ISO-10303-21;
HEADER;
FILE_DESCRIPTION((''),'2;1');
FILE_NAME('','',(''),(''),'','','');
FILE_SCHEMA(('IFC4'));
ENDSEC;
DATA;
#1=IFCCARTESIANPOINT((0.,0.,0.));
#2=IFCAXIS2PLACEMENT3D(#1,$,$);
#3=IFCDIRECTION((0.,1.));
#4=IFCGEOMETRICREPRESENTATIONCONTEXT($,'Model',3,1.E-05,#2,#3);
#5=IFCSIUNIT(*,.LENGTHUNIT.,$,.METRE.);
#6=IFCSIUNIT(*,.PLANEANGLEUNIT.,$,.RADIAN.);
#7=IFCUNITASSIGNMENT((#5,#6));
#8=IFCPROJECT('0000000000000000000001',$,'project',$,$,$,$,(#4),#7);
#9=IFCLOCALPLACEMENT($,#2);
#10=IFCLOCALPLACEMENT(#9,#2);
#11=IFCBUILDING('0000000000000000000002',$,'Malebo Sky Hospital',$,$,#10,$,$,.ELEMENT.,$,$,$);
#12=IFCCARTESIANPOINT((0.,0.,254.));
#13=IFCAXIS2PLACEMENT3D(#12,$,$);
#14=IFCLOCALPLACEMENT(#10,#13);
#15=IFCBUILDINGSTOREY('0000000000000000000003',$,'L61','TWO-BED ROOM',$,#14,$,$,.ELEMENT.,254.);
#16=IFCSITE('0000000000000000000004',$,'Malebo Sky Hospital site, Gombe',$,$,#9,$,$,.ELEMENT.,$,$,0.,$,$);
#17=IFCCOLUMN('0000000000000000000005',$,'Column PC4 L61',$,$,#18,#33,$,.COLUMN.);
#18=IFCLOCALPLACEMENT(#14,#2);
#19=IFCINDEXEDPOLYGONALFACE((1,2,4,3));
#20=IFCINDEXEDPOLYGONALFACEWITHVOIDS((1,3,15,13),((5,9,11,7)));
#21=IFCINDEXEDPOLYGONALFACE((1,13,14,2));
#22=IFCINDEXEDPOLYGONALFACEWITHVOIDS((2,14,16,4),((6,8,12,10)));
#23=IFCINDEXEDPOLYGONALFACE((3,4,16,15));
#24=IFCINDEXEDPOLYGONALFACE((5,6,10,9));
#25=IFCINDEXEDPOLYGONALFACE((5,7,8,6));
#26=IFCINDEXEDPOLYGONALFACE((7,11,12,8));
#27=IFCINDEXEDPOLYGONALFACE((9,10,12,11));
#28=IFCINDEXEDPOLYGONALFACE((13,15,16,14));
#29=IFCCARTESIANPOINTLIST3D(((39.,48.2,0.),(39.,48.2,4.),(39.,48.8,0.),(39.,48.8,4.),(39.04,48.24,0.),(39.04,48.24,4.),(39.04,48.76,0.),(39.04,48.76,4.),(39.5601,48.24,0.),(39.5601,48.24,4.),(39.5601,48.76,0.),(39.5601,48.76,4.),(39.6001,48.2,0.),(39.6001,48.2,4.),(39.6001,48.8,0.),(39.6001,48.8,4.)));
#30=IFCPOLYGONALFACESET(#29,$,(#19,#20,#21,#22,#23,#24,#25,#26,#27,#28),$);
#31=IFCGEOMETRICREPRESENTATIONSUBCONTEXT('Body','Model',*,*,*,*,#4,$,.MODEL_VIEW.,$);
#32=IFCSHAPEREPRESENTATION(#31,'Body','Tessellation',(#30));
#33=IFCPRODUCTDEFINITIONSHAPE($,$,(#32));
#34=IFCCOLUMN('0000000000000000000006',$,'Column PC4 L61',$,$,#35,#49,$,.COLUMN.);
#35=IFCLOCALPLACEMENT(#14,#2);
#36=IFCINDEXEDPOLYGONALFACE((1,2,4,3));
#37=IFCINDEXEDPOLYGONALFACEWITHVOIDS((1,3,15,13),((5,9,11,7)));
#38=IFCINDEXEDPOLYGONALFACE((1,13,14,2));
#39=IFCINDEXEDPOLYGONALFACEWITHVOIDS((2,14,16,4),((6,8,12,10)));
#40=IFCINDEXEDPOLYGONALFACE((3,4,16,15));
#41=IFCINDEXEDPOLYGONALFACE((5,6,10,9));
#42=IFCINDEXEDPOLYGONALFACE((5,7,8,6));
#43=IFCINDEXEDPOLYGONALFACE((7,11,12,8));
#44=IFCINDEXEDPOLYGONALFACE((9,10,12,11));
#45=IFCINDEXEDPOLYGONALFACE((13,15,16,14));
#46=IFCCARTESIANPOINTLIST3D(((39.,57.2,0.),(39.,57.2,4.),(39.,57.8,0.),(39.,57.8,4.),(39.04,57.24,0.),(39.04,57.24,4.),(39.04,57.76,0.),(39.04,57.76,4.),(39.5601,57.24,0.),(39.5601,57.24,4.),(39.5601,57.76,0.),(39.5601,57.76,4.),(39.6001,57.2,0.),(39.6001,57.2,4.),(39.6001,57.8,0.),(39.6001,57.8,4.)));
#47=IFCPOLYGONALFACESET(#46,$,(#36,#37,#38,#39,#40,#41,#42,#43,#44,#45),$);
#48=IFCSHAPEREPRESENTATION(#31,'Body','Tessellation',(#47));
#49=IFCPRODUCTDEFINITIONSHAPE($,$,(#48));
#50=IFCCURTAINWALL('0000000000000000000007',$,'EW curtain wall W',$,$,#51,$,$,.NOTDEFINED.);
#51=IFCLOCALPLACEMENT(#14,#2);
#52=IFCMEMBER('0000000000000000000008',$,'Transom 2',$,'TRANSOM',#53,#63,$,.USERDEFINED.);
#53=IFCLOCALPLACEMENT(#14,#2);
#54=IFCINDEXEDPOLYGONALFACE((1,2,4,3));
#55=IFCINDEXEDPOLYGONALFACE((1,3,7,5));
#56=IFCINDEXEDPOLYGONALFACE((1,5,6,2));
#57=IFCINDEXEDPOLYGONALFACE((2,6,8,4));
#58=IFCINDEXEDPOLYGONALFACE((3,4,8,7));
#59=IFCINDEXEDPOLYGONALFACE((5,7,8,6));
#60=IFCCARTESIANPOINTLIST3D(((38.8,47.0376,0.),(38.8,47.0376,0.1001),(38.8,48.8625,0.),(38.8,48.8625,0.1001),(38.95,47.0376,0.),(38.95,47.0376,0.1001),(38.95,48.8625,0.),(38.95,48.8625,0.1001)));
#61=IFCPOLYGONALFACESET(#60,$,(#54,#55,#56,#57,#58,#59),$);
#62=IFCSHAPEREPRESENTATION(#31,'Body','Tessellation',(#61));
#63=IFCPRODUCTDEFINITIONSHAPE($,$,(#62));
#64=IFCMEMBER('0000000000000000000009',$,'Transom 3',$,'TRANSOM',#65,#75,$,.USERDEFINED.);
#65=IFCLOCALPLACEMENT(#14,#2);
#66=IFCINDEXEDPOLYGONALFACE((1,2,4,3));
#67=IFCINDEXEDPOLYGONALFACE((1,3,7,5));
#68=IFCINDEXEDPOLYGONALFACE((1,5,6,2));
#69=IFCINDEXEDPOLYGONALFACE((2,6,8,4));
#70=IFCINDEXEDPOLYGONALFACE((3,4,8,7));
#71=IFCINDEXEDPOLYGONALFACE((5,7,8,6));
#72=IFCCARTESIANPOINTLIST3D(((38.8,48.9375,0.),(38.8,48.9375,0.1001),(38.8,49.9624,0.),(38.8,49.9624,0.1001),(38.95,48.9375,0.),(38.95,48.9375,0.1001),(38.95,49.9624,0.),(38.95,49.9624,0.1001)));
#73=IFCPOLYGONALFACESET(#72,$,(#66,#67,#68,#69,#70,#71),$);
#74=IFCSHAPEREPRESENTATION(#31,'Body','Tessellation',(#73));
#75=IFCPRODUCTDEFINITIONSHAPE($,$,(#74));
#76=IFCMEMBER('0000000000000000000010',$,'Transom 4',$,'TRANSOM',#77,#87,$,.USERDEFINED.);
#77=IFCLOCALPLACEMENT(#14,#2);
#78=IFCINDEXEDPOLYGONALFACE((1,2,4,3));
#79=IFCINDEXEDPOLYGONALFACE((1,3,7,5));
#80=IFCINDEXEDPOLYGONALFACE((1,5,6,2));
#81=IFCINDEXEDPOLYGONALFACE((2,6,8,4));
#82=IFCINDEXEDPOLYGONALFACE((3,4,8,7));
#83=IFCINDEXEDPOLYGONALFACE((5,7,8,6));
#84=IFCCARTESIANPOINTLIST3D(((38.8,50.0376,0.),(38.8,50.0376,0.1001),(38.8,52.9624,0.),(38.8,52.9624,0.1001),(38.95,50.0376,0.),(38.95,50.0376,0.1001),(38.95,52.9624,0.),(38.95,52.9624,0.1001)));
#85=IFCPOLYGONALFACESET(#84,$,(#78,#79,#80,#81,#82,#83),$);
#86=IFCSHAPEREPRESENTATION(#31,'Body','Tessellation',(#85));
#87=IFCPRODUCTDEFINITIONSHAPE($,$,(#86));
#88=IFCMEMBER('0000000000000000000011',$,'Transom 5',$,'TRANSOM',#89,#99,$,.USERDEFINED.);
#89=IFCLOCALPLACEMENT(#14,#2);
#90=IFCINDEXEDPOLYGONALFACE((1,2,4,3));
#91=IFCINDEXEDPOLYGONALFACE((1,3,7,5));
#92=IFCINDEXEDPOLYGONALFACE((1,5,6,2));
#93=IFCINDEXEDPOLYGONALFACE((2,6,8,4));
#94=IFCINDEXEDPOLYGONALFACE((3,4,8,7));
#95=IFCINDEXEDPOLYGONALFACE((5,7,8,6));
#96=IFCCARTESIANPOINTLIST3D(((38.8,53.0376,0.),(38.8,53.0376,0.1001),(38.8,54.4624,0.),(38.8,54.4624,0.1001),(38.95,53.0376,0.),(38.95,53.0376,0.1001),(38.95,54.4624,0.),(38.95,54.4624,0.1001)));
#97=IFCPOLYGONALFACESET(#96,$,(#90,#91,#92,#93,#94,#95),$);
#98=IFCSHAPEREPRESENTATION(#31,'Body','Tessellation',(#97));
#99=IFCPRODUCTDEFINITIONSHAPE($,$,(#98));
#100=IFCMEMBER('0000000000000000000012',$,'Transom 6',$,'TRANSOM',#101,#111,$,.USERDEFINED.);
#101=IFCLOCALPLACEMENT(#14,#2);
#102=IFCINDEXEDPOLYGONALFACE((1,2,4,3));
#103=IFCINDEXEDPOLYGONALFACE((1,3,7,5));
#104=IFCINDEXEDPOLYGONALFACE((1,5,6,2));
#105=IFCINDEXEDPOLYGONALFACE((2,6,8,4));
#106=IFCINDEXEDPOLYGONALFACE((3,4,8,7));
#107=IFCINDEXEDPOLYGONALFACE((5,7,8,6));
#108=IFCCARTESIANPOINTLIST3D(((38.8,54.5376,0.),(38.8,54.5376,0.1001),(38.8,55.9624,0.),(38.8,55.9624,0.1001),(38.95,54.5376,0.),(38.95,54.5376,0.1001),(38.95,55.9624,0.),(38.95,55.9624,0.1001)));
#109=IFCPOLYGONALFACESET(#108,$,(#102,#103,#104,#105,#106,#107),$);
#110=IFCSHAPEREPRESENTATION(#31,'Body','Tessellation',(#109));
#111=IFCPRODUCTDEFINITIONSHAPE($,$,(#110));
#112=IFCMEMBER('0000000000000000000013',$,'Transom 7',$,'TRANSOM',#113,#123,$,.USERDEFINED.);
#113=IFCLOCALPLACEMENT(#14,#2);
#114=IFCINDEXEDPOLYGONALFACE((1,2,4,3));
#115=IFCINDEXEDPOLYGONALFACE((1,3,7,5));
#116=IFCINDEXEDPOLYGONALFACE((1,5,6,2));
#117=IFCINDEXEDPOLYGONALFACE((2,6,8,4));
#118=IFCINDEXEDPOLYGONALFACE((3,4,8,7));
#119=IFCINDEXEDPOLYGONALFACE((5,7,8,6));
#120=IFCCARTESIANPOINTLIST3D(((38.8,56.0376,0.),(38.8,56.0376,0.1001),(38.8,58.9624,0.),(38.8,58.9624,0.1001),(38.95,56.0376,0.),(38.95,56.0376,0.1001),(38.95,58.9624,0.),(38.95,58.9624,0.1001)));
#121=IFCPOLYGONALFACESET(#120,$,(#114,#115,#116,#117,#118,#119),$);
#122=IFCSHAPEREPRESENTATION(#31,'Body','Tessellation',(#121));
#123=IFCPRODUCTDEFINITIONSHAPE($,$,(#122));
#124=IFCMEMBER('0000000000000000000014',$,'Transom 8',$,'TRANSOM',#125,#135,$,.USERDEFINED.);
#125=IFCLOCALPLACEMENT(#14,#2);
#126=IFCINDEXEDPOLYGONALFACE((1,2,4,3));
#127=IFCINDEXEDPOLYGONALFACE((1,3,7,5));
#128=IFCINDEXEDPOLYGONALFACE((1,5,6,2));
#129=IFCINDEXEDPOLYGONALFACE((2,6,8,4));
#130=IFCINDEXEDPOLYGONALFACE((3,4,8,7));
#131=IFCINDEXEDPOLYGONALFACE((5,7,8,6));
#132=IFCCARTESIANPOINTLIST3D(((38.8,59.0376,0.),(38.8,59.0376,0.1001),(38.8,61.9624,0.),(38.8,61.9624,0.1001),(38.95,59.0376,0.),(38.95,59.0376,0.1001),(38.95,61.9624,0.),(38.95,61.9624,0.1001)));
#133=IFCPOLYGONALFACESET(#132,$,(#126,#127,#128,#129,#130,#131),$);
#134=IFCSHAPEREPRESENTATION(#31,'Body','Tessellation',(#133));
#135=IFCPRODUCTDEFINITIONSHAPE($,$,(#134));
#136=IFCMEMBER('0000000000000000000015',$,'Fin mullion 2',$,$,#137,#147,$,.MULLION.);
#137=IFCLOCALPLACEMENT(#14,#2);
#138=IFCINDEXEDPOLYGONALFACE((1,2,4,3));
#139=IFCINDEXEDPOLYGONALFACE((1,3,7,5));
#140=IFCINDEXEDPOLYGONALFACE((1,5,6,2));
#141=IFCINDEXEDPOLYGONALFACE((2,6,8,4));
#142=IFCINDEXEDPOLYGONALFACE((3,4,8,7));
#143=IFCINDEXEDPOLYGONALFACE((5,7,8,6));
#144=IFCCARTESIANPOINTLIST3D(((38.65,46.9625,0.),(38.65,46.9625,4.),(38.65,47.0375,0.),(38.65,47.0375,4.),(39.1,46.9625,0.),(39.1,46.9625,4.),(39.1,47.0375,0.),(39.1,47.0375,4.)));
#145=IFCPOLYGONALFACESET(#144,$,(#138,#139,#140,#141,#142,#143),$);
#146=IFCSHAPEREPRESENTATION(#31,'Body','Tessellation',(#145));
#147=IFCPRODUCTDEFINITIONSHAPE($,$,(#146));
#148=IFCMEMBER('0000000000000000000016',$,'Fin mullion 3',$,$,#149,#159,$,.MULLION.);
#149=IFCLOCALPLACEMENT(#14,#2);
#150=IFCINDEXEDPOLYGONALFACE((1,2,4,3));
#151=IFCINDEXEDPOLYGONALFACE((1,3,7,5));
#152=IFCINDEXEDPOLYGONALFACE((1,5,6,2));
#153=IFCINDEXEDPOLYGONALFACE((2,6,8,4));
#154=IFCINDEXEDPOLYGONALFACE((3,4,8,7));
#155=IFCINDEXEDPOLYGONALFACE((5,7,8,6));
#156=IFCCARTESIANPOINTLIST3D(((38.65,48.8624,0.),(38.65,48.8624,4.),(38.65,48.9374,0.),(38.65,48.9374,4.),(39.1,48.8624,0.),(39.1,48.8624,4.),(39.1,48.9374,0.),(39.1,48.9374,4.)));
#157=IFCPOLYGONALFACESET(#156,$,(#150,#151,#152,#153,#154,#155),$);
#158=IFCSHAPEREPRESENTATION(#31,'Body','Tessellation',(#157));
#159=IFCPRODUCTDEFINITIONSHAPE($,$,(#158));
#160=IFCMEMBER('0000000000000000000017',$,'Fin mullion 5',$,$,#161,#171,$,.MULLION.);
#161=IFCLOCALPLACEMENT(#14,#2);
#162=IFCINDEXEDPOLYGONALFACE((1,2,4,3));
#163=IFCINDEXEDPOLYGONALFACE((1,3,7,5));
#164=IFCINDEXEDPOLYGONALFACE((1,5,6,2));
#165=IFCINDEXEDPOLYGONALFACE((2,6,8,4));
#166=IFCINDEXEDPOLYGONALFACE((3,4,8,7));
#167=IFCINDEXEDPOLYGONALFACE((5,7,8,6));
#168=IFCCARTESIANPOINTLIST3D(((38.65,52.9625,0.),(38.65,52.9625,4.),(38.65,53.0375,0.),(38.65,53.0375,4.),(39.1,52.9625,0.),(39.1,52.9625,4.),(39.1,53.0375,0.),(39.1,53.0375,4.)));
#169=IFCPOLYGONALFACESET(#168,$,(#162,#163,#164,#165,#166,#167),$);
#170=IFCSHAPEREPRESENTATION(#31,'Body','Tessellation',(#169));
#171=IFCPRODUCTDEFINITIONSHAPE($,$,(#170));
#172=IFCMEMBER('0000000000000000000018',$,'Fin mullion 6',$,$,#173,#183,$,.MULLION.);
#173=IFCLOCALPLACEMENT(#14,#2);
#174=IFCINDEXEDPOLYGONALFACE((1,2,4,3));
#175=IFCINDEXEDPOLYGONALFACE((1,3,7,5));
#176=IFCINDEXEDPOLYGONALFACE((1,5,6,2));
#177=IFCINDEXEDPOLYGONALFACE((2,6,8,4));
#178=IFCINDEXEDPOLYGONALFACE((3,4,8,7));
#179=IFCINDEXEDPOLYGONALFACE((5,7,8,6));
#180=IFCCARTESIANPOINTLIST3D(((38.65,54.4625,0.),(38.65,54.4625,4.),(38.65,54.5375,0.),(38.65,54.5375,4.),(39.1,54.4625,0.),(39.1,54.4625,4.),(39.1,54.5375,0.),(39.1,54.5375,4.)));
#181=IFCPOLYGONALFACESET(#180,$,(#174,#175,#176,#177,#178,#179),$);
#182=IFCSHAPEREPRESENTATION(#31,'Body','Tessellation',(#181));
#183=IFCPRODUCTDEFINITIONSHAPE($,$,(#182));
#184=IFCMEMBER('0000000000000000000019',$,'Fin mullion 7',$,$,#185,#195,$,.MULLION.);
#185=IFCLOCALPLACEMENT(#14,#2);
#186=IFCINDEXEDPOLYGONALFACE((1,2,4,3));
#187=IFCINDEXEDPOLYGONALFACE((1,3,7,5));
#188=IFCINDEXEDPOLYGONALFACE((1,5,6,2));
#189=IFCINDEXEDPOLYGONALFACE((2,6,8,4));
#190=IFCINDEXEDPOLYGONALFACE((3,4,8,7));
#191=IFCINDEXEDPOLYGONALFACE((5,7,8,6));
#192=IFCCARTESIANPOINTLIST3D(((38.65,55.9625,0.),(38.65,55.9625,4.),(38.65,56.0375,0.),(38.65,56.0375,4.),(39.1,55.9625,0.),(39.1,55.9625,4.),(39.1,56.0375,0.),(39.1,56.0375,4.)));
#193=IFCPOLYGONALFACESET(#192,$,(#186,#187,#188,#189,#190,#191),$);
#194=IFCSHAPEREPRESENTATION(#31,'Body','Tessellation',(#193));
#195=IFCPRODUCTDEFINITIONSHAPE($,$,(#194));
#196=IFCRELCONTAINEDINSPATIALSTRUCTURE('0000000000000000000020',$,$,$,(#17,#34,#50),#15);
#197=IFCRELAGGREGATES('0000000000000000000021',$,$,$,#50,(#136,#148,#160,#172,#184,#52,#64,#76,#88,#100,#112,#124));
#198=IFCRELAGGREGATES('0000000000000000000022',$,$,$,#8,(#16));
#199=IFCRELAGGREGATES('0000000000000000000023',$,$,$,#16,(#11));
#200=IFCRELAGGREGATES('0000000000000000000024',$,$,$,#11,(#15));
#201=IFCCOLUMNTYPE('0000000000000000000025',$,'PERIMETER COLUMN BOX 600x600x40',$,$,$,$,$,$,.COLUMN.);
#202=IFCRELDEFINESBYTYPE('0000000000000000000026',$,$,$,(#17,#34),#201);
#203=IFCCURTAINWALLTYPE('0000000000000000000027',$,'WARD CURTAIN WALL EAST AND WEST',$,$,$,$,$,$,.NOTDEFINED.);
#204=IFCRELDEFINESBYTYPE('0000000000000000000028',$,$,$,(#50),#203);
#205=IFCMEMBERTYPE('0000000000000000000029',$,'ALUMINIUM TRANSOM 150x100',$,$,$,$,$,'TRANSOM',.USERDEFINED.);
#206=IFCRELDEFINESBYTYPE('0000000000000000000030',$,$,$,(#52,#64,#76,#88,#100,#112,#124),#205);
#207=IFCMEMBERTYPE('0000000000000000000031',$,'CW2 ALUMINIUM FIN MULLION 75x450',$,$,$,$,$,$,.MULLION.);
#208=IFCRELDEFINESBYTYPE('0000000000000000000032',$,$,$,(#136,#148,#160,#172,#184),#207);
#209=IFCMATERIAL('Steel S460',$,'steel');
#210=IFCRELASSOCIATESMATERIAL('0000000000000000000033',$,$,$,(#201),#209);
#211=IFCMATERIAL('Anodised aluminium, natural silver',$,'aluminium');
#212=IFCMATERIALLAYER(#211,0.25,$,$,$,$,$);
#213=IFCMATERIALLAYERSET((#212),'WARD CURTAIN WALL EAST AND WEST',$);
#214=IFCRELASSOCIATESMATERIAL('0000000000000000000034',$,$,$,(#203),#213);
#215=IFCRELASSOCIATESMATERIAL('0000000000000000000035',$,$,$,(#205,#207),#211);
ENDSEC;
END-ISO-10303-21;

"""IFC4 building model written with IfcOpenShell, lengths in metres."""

from ifc_helpers import new_model, si_unit, direction, frame, origin, origin_2d, place, context, subcontext, project, spatial, rectangle, hollow_rectangle, extrude, material, layer, layer_set, material_profile, profile_set, type_object, element, aggregate, save


model = new_model("IFC4")

# Units and contexts
model_context = context("Model", 3, precision=1e-05, world=origin(), true_north=direction((0.0, 1.0)))
body_context = subcontext(model_context, "Body", "Model", "MODEL_VIEW")
ifc_project = project(units=[si_unit("LENGTHUNIT", "METRE"), si_unit("PLANEANGLEUNIT", "RADIAN")], contexts=[model_context])

# Site, building, storey
site_placement = place(None, origin())
site = spatial("IfcSite", under=ifc_project, at=site_placement, Name="Malebo Sky Hospital site, Gombe", CompositionType="ELEMENT", RefElevation=0.0)
building_placement = place(site_placement, origin())
building = spatial("IfcBuilding", under=site, at=building_placement, Name="Malebo Sky Hospital", CompositionType="ELEMENT")
storey_placement = place(building_placement, frame((0.0, 0.0, 254.0)))
storey = spatial("IfcBuildingStorey", under=building, at=storey_placement, Name="L61", Description="TWO-BED ROOM", CompositionType="ELEMENT", Elevation=254.0)

# Columns
ifc_material_1 = material(Name="Steel S460", Category="steel")
ifc_material_profile_1 = material_profile(ifc_material_1, hollow_rectangle(XDim=0.6001, YDim=0.6001, WallThickness=0.04, at=origin_2d()), Name="BOX 600x600x40")
ifc_profile_set_1 = profile_set([ifc_material_profile_1], Name="Steel S460")
column_type = type_object("IfcColumnType", Name="PERIMETER COLUMN BOX 600x600x40", PredefinedType="COLUMN", material=ifc_profile_set_1)
for number, where, z_axis, x_axis, name in (
    (1, (39.3, 48.5, 0.0), (0.0, 0.0, 1.0), (1.0, 0.0, 0.0), "Column PC4 L61"),
    (2, (39.3, 57.5, 0.0), (0.0, 0.0, 1.0), (1.0, 0.0, 0.0), "Column PC4 L61"),
):
    element("IfcColumn", number, at=place(storey_placement, frame(where, z_axis=z_axis, x_axis=x_axis)), inside=storey, type_object=column_type, Name=name, PredefinedType="COLUMN", context=body_context, shape_type="SweptSolid", body=[
        extrude(hollow_rectangle(XDim=0.6001, YDim=0.6001, WallThickness=0.04, at=origin_2d()), origin(), (0.0, 0.0, 1.0), 4.0),
    ])

# Curtain wall, members
ifc_material_2 = material(Name="Anodised aluminium, natural silver", Category="aluminium")
ifc_layer_1 = layer(ifc_material_2, 0.25)
ifc_layer_set_1 = layer_set([ifc_layer_1], Name="WARD CURTAIN WALL EAST AND WEST")
curtain_wall_type = type_object("IfcCurtainWallType", Name="WARD CURTAIN WALL EAST AND WEST", PredefinedType="NOTDEFINED", material=ifc_layer_set_1)
curtain_wall_placement = place(storey_placement, origin())
curtain_wall = element("IfcCurtainWall", 3, at=curtain_wall_placement, inside=storey, type_object=curtain_wall_type, Name="EW curtain wall W", PredefinedType="NOTDEFINED")
ifc_material_profile_2 = material_profile(ifc_material_2, rectangle(XDim=0.1499, YDim=0.1001, at=origin_2d()), Name="ALUMINIUM TRANSOM 150x100")
ifc_profile_set_2 = profile_set([ifc_material_profile_2], Name="Anodised aluminium, natural silver")
member_type_1 = type_object("IfcMemberType", Name="ALUMINIUM TRANSOM 150x100", ElementType="TRANSOM", PredefinedType="USERDEFINED", material=ifc_profile_set_2)
member_1_placement = place(storey_placement, frame((38.875, 47.0376, 0.05), z_axis=(0.0, 1.0, 0.0), x_axis=(-1.0, 0.0, 0.0)))
member_1 = element("IfcMember", 4, at=member_1_placement, type_object=member_type_1, Name="Transom 2", ObjectType="TRANSOM", PredefinedType="USERDEFINED", context=body_context, shape_type="SweptSolid", body=[
    extrude(rectangle(XDim=0.1499, YDim=0.1001, at=origin_2d()), origin(), (0.0, 0.0, 1.0), 1.825),
])
member_2_placement = place(storey_placement, frame((38.875, 48.9375, 0.05), z_axis=(0.0, 1.0, 0.0), x_axis=(-1.0, 0.0, 0.0)))
member_2 = element("IfcMember", 5, at=member_2_placement, type_object=member_type_1, Name="Transom 3", ObjectType="TRANSOM", PredefinedType="USERDEFINED", context=body_context, shape_type="SweptSolid", body=[
    extrude(rectangle(XDim=0.1499, YDim=0.1001, at=origin_2d()), origin(), (0.0, 0.0, 1.0), 1.0249),
])
member_3_placement = place(storey_placement, frame((38.875, 50.0376, 0.05), z_axis=(0.0, 1.0, 0.0), x_axis=(-1.0, 0.0, 0.0)))
member_3 = element("IfcMember", 6, at=member_3_placement, type_object=member_type_1, Name="Transom 4", ObjectType="TRANSOM", PredefinedType="USERDEFINED", context=body_context, shape_type="SweptSolid", body=[
    extrude(rectangle(XDim=0.1499, YDim=0.1001, at=origin_2d()), origin(), (0.0, 0.0, 1.0), 2.9248),
])
member_4_placement = place(storey_placement, frame((38.875, 53.0376, 0.05), z_axis=(0.0, 1.0, 0.0), x_axis=(-1.0, 0.0, 0.0)))
member_4 = element("IfcMember", 7, at=member_4_placement, type_object=member_type_1, Name="Transom 5", ObjectType="TRANSOM", PredefinedType="USERDEFINED", context=body_context, shape_type="SweptSolid", body=[
    extrude(rectangle(XDim=0.1499, YDim=0.1001, at=origin_2d()), origin(), (0.0, 0.0, 1.0), 1.4248),
])
member_5_placement = place(storey_placement, frame((38.875, 54.5376, 0.05), z_axis=(0.0, 1.0, 0.0), x_axis=(-1.0, 0.0, 0.0)))
member_5 = element("IfcMember", 8, at=member_5_placement, type_object=member_type_1, Name="Transom 6", ObjectType="TRANSOM", PredefinedType="USERDEFINED", context=body_context, shape_type="SweptSolid", body=[
    extrude(rectangle(XDim=0.1499, YDim=0.1001, at=origin_2d()), origin(), (0.0, 0.0, 1.0), 1.4248),
])
member_6_placement = place(storey_placement, frame((38.875, 56.0376, 0.05), z_axis=(0.0, 1.0, 0.0), x_axis=(-1.0, 0.0, 0.0)))
member_6 = element("IfcMember", 9, at=member_6_placement, type_object=member_type_1, Name="Transom 7", ObjectType="TRANSOM", PredefinedType="USERDEFINED", context=body_context, shape_type="SweptSolid", body=[
    extrude(rectangle(XDim=0.1499, YDim=0.1001, at=origin_2d()), origin(), (0.0, 0.0, 1.0), 2.9248),
])
member_7_placement = place(storey_placement, frame((38.875, 59.0376, 0.05), z_axis=(0.0, 1.0, 0.0), x_axis=(-1.0, 0.0, 0.0)))
member_7 = element("IfcMember", 10, at=member_7_placement, type_object=member_type_1, Name="Transom 8", ObjectType="TRANSOM", PredefinedType="USERDEFINED", context=body_context, shape_type="SweptSolid", body=[
    extrude(rectangle(XDim=0.1499, YDim=0.1001, at=origin_2d()), origin(), (0.0, 0.0, 1.0), 2.9248),
])
ifc_material_profile_3 = material_profile(ifc_material_2, rectangle(XDim=0.075, YDim=0.45, at=origin_2d()), Name="CW2 ALUMINIUM FIN MULLION 75x450")
ifc_profile_set_3 = profile_set([ifc_material_profile_3], Name="Anodised aluminium, natural silver")
member_type_2 = type_object("IfcMemberType", Name="CW2 ALUMINIUM FIN MULLION 75x450", PredefinedType="MULLION", material=ifc_profile_set_3)
member_8_placement = place(storey_placement, frame((38.875, 47.0, 0.0), z_axis=(0.0, 0.0, 1.0), x_axis=(0.0, 1.0, 0.0)))
member_8 = element("IfcMember", 11, at=member_8_placement, type_object=member_type_2, Name="Fin mullion 2", PredefinedType="MULLION", context=body_context, shape_type="SweptSolid", body=[
    extrude(rectangle(XDim=0.075, YDim=0.45, at=origin_2d()), origin(), (0.0, 0.0, 1.0), 4.0),
])
member_9_placement = place(storey_placement, frame((38.875, 48.8999, 0.0), z_axis=(0.0, 0.0, 1.0), x_axis=(0.0, 1.0, 0.0)))
member_9 = element("IfcMember", 12, at=member_9_placement, type_object=member_type_2, Name="Fin mullion 3", PredefinedType="MULLION", context=body_context, shape_type="SweptSolid", body=[
    extrude(rectangle(XDim=0.075, YDim=0.45, at=origin_2d()), origin(), (0.0, 0.0, 1.0), 4.0),
])
member_10_placement = place(storey_placement, frame((38.875, 53.0, 0.0), z_axis=(0.0, 0.0, 1.0), x_axis=(0.0, 1.0, 0.0)))
member_10 = element("IfcMember", 13, at=member_10_placement, type_object=member_type_2, Name="Fin mullion 5", PredefinedType="MULLION", context=body_context, shape_type="SweptSolid", body=[
    extrude(rectangle(XDim=0.075, YDim=0.45, at=origin_2d()), origin(), (0.0, 0.0, 1.0), 4.0),
])
member_11_placement = place(storey_placement, frame((38.875, 54.5, 0.0), z_axis=(0.0, 0.0, 1.0), x_axis=(0.0, 1.0, 0.0)))
member_11 = element("IfcMember", 14, at=member_11_placement, type_object=member_type_2, Name="Fin mullion 6", PredefinedType="MULLION", context=body_context, shape_type="SweptSolid", body=[
    extrude(rectangle(XDim=0.075, YDim=0.45, at=origin_2d()), origin(), (0.0, 0.0, 1.0), 4.0),
])
member_12_placement = place(storey_placement, frame((38.875, 56.0, 0.0), z_axis=(0.0, 0.0, 1.0), x_axis=(0.0, 1.0, 0.0)))
member_12 = element("IfcMember", 15, at=member_12_placement, type_object=member_type_2, Name="Fin mullion 7", PredefinedType="MULLION", context=body_context, shape_type="SweptSolid", body=[
    extrude(rectangle(XDim=0.075, YDim=0.45, at=origin_2d()), origin(), (0.0, 0.0, 1.0), 4.0),
])

aggregate(curtain_wall, [member_8, member_9, member_10, member_11, member_12, member_1, member_2, member_3, member_4, member_5, member_6, member_7])

save(model, "model.ifc")
